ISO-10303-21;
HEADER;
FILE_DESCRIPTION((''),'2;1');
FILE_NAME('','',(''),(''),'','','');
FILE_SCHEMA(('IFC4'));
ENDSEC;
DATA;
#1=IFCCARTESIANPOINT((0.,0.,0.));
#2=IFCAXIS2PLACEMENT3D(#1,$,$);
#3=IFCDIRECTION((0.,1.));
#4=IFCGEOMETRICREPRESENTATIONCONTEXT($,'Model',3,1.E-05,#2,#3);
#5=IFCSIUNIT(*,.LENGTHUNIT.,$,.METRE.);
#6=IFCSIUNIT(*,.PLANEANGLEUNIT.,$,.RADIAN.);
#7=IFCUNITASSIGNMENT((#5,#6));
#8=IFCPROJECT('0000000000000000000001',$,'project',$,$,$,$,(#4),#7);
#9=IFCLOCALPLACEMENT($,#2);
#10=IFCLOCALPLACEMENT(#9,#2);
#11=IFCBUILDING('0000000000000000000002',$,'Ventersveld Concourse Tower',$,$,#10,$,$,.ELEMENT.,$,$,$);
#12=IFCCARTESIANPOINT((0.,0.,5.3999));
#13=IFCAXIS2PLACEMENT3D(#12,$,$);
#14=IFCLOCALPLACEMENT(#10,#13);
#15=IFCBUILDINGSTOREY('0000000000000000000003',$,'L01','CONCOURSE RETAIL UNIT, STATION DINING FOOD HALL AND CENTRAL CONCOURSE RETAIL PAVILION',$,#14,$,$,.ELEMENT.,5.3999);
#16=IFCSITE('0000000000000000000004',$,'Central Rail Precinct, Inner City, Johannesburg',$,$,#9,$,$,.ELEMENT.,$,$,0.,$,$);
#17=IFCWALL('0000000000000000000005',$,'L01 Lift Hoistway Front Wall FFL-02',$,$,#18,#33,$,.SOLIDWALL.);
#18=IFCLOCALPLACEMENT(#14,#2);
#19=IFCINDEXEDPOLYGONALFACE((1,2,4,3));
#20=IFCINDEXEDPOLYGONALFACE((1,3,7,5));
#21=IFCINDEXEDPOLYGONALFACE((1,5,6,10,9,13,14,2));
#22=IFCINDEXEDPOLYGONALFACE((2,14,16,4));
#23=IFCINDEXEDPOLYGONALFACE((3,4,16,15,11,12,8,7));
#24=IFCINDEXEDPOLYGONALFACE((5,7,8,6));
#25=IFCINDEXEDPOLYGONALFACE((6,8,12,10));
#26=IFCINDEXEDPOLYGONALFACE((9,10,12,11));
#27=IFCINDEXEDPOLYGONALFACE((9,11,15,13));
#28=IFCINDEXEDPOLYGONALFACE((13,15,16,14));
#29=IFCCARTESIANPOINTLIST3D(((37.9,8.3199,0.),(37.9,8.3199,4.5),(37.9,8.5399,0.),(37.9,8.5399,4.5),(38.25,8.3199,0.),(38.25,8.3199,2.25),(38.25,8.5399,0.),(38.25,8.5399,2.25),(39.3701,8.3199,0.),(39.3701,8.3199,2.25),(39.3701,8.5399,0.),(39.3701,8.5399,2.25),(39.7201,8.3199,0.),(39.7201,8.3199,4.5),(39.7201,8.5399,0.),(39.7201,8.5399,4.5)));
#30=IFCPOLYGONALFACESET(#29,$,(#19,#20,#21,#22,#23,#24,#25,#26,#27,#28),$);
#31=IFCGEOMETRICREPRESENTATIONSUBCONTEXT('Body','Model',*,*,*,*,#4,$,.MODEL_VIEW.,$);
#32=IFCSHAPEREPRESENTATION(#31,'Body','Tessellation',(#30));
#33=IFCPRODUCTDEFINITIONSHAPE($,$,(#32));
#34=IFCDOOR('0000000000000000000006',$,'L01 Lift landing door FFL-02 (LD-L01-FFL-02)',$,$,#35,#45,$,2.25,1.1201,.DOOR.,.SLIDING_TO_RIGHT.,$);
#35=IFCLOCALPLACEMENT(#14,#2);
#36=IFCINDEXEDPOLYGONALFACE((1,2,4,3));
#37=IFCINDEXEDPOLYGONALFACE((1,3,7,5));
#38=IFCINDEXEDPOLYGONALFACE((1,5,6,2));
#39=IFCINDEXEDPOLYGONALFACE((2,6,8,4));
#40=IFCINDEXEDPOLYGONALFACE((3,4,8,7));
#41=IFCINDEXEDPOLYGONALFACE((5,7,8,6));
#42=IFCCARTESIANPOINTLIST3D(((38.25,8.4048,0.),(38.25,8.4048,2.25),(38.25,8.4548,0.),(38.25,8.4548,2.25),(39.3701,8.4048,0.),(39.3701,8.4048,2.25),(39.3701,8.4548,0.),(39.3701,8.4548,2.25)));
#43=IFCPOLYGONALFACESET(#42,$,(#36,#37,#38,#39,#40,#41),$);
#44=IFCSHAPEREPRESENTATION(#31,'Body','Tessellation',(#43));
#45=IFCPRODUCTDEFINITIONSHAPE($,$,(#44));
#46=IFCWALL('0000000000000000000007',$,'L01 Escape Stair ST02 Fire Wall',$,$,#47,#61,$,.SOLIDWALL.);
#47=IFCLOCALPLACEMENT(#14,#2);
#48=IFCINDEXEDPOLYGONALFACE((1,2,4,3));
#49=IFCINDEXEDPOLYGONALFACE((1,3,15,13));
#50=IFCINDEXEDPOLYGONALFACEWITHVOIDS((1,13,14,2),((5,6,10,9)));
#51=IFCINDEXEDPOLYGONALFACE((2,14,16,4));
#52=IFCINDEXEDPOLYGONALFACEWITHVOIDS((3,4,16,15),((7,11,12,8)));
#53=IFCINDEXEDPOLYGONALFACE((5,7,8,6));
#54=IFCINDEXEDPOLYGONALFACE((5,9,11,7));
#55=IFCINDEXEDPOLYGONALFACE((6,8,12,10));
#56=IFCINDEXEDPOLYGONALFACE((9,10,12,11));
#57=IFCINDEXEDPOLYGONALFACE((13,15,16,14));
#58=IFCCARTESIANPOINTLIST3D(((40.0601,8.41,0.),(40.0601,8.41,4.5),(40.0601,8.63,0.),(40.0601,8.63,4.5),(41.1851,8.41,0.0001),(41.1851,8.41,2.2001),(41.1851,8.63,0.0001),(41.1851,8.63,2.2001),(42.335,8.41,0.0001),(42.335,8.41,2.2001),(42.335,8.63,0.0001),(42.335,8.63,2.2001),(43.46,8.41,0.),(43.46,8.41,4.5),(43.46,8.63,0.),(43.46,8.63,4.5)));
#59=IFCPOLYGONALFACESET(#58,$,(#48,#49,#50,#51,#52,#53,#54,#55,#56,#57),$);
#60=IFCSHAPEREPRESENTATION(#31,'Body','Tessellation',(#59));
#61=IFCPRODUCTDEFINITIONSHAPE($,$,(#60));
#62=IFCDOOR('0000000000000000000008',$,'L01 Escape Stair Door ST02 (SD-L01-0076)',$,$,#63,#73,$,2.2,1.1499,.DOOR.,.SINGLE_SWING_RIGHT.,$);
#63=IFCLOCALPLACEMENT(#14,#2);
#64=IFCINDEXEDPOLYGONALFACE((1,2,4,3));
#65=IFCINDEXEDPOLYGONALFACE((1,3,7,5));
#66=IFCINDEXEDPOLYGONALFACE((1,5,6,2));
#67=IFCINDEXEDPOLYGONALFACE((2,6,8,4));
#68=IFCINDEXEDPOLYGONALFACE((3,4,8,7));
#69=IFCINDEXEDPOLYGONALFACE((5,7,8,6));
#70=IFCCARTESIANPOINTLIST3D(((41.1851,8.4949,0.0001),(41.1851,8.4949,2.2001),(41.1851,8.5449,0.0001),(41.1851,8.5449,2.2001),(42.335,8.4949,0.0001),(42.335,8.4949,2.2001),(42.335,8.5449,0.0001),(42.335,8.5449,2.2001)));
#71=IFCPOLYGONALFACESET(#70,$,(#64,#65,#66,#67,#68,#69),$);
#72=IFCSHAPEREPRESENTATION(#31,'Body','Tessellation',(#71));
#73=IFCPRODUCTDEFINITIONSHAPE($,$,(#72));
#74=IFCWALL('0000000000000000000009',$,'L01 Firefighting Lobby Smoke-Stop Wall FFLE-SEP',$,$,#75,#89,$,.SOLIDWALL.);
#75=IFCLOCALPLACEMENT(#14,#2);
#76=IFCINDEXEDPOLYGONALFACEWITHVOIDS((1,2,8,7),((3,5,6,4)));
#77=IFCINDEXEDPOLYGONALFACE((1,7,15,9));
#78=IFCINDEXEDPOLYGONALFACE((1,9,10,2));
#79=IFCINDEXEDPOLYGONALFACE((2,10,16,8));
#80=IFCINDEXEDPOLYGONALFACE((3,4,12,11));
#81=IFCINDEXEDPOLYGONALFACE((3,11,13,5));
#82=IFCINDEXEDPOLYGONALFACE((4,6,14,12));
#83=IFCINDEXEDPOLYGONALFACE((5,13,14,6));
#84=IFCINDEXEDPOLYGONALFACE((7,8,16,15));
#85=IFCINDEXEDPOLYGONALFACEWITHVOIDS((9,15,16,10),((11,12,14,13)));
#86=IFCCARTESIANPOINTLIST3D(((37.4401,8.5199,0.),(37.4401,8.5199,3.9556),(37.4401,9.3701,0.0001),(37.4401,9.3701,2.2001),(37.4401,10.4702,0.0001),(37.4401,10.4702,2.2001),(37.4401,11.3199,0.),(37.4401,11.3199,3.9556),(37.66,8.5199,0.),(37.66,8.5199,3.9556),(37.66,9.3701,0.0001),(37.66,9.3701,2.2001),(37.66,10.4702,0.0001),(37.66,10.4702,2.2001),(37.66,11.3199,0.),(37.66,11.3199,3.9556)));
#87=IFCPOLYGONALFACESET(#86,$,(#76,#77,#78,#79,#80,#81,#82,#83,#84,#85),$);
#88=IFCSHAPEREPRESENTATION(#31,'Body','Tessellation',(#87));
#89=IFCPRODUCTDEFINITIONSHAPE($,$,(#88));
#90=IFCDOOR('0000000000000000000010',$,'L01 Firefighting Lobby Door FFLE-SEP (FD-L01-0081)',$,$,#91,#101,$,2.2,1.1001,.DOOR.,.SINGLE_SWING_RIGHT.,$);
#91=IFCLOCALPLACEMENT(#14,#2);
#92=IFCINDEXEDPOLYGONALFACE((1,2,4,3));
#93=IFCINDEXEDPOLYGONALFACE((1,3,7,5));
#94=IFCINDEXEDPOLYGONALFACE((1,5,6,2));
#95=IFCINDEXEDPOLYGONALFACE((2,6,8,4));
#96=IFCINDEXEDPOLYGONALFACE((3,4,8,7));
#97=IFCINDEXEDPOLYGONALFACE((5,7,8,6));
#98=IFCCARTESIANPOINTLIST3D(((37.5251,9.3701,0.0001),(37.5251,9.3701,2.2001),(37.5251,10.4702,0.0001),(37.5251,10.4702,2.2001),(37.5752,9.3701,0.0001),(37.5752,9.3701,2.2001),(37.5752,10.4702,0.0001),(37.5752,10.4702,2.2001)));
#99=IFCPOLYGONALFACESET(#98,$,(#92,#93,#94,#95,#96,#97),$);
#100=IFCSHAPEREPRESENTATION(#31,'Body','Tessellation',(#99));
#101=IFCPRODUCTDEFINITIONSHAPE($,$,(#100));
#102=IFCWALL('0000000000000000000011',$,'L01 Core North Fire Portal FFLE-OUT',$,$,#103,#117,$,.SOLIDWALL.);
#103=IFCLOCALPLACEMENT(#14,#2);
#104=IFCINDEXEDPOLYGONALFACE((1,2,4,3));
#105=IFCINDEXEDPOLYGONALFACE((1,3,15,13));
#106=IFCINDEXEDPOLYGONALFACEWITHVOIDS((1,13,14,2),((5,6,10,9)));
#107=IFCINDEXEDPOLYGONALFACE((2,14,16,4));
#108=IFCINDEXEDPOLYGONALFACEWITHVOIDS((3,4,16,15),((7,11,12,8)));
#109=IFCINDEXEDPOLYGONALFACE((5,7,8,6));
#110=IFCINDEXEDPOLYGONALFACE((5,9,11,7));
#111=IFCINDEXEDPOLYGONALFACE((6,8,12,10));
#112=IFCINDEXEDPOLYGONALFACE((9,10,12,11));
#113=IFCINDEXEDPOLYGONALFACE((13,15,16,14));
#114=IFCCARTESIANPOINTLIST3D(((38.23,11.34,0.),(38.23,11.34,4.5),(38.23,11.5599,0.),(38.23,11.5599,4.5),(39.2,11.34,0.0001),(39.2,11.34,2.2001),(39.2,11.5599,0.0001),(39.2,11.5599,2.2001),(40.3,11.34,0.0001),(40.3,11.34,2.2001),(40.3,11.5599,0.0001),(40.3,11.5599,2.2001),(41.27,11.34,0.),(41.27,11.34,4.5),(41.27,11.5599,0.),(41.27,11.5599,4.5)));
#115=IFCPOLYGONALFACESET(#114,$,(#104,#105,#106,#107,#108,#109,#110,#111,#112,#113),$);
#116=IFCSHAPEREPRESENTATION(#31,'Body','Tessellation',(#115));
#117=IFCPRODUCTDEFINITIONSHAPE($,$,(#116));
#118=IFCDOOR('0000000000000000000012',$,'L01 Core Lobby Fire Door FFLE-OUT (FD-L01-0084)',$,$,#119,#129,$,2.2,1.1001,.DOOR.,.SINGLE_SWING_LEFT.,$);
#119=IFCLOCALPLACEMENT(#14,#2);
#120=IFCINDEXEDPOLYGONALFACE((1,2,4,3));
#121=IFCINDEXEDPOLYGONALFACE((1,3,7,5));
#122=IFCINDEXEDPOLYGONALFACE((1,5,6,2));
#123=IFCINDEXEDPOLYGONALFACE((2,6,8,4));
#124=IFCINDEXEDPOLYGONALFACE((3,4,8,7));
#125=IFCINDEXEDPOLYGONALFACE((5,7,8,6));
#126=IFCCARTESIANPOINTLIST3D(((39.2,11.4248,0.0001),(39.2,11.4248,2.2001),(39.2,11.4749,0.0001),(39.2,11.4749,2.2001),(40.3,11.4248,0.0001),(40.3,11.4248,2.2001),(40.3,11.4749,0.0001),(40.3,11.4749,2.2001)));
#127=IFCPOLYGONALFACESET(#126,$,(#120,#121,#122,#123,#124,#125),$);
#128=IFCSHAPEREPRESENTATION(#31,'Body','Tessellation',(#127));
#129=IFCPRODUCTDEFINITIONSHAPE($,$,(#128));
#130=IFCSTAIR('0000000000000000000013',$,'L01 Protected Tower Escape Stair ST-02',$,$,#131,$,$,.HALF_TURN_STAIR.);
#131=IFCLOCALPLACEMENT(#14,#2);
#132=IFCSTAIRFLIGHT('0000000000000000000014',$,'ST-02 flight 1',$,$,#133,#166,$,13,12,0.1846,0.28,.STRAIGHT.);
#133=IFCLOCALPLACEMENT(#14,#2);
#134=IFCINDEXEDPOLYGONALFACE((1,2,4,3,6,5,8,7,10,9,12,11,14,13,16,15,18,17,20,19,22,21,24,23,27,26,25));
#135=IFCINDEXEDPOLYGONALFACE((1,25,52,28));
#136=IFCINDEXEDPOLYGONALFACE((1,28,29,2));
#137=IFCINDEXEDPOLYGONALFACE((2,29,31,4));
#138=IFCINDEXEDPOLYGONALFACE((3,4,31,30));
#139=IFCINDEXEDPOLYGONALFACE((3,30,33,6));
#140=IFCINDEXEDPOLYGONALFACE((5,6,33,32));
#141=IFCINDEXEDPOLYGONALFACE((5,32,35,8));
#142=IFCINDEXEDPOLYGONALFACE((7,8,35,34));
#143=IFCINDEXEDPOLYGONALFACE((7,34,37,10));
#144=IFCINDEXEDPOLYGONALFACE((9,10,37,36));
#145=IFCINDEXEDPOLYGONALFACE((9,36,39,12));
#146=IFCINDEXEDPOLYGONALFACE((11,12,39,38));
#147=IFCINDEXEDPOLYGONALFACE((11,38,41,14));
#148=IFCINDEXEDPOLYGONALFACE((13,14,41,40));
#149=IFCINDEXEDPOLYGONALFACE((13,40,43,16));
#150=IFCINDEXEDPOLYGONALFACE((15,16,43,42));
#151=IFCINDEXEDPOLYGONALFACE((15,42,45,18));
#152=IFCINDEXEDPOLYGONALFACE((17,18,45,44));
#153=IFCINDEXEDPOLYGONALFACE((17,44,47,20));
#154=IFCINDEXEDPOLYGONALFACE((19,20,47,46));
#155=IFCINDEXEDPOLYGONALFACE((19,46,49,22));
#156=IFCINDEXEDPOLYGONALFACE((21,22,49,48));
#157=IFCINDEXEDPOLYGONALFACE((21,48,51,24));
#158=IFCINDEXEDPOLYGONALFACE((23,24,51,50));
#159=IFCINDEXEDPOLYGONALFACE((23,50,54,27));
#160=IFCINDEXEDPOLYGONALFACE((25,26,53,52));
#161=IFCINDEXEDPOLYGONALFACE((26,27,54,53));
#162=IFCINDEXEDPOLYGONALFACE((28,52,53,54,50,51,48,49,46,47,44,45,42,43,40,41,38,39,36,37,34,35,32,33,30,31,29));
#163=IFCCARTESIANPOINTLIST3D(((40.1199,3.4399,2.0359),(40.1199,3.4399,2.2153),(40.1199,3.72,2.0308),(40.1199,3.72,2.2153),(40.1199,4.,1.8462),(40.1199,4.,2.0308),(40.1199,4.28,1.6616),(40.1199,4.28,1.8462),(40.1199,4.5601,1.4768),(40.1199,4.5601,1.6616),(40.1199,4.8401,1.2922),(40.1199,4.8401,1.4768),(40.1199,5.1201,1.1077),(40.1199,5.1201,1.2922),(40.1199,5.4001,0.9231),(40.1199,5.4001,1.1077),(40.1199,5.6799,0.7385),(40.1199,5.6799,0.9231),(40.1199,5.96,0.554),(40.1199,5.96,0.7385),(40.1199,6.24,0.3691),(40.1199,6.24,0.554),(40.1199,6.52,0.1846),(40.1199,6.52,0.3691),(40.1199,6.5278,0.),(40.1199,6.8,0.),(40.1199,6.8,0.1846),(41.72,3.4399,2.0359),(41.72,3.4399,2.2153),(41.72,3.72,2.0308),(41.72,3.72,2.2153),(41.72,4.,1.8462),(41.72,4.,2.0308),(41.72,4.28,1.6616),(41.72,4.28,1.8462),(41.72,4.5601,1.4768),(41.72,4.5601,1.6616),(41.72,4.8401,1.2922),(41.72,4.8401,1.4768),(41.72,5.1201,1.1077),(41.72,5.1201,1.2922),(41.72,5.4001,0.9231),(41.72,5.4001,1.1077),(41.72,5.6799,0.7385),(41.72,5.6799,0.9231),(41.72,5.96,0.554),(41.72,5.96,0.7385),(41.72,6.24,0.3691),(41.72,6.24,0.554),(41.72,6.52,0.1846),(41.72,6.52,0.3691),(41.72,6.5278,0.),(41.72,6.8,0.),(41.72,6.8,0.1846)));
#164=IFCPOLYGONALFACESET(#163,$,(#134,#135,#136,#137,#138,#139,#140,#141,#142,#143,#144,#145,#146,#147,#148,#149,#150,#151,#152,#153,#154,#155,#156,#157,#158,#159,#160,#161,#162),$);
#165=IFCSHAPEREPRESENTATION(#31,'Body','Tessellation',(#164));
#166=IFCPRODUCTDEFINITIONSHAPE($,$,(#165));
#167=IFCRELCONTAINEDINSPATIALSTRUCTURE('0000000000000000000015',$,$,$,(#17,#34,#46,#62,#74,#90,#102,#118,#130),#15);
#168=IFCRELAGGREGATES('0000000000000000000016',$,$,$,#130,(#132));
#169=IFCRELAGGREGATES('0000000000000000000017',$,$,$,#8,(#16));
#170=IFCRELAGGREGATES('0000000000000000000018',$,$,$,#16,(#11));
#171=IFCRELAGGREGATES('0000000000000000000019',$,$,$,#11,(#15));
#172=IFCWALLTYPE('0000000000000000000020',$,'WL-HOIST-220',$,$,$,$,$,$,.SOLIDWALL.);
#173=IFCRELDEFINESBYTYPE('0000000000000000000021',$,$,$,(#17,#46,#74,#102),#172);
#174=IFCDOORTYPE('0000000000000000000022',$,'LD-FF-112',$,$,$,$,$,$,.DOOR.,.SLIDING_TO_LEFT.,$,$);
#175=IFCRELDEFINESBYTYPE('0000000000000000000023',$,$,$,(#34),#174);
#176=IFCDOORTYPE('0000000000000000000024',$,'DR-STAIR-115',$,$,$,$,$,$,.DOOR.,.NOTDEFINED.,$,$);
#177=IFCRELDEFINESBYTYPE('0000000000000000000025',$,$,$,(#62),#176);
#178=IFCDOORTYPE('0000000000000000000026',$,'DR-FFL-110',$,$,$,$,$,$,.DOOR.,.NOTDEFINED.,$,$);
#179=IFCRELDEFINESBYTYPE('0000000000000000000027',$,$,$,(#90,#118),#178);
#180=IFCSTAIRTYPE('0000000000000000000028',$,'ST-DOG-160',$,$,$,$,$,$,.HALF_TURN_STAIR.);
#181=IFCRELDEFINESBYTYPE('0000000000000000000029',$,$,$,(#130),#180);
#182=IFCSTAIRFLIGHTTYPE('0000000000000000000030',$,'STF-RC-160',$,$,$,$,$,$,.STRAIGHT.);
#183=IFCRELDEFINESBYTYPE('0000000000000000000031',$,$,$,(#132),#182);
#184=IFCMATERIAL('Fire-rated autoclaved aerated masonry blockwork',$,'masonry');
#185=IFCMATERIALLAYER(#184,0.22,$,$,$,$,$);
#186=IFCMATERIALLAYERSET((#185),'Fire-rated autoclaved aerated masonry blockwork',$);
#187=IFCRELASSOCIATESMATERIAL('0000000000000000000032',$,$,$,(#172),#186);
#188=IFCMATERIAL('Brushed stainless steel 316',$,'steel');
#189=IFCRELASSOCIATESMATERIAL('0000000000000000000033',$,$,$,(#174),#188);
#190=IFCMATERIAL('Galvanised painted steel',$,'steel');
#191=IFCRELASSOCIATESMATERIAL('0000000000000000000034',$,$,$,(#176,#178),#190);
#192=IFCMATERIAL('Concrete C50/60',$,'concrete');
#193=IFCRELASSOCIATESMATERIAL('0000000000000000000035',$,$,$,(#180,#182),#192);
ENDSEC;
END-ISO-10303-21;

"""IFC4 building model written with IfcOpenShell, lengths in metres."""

from ifc_helpers import new_model, si_unit, direction, frame, frame_2d, origin, place, context, subcontext, project, spatial, polyline, rectangle, outline, extrude, material, layer, layer_set, type_object, element, fill, aggregate, save


model = new_model("IFC4")

# Units and contexts
model_context = context("Model", 3, precision=1e-05, world=origin(), true_north=direction((0.0, 1.0)))
body_context = subcontext(model_context, "Body", "Model", "MODEL_VIEW")
ifc_project = project(units=[si_unit("LENGTHUNIT", "METRE"), si_unit("PLANEANGLEUNIT", "RADIAN")], contexts=[model_context])

# Site, building, storey
site_placement = place(None, origin())
site = spatial("IfcSite", under=ifc_project, at=site_placement, Name="Central Rail Precinct, Inner City, Johannesburg", CompositionType="ELEMENT", RefElevation=0.0)
building_placement = place(site_placement, origin())
building = spatial("IfcBuilding", under=site, at=building_placement, Name="Ventersveld Concourse Tower", CompositionType="ELEMENT")
storey_placement = place(building_placement, frame((0.0, 0.0, 5.3999)))
storey = spatial("IfcBuildingStorey", under=building, at=storey_placement, Name="L01", Description="CONCOURSE RETAIL UNIT, STATION DINING FOOD HALL AND CENTRAL CONCOURSE RETAIL PAVILION", CompositionType="ELEMENT", Elevation=5.3999)

# Shared definitions
ifc_material_1 = material(Name="Concrete C50/60", Category="concrete")

# Shared definitions
ifc_material_2 = material(Name="Fire-rated autoclaved aerated masonry blockwork", Category="masonry")
ifc_layer_1 = layer(ifc_material_2, 0.22)
ifc_layer_set_1 = layer_set([ifc_layer_1], Name="Fire-rated autoclaved aerated masonry blockwork")
wall_type_1 = type_object("IfcWallType", Name="WL-HOIST-220", PredefinedType="SOLIDWALL", material=ifc_layer_set_1)

# Walls, openings, doors
wall_1_placement = place(storey_placement, frame((37.8999, 8.4299, 0.0), z_axis=(0.0, 0.0, 1.0), x_axis=(1.0, 0.0, 0.0)))
wall_1 = element("IfcWall", 1, at=wall_1_placement, inside=storey, type_object=wall_type_1, Name="L01 Lift Hoistway Front Wall FFL-02", PredefinedType="SOLIDWALL", context=body_context, shape_type="SweptSolid", body=[
    extrude(rectangle(XDim=1.8201, YDim=0.22, at=frame_2d((0.9102, 0.0))), origin(), (0.0, 0.0, 1.0), 4.5),
])
opening_1_placement = place(wall_1_placement, frame((0.3501, 0.0, 0.0)))
opening_1 = element("IfcOpeningElement", 2, at=opening_1_placement, cuts=wall_1, PredefinedType="OPENING", context=body_context, shape_type="SweptSolid", body=[
    extrude(rectangle(XDim=1.1201, YDim=2.25, at=frame_2d((0.5601, 1.125))), frame((0.0, 0.1201, 0.0), z_axis=(0.0, -1.0, 0.0), x_axis=(1.0, 0.0, 0.0)), (0.0, 0.0, 1.0), 0.24),
])
ifc_material_3 = material(Name="Brushed stainless steel 316", Category="steel")
door_type_1 = type_object("IfcDoorType", Name="LD-FF-112", OperationType="SLIDING_TO_LEFT", PredefinedType="DOOR", material=ifc_material_3)
door_1_placement = place(opening_1_placement, origin())
door_1 = element("IfcDoor", 3, at=door_1_placement, inside=storey, type_object=door_type_1, Name="L01 Lift landing door FFL-02 (LD-L01-FFL-02)", OperationType="SLIDING_TO_RIGHT", OverallHeight=2.25, OverallWidth=1.1201, PredefinedType="DOOR", context=body_context, shape_type="SweptSolid", body=[
    extrude(rectangle(XDim=1.1201, YDim=2.25, at=frame_2d((0.5601, 1.125))), frame((0.0, 0.0249, 0.0), z_axis=(0.0, -1.0, 0.0), x_axis=(1.0, 0.0, 0.0)), (0.0, 0.0, 1.0), 0.05),
])
fill(opening_1, door_1)
wall_2_placement = place(storey_placement, frame((40.0601, 8.52, 0.0), z_axis=(0.0, 0.0, 1.0), x_axis=(1.0, 0.0, 0.0)))
wall_2 = element("IfcWall", 4, at=wall_2_placement, inside=storey, type_object=wall_type_1, Name="L01 Escape Stair ST02 Fire Wall", PredefinedType="SOLIDWALL", context=body_context, shape_type="SweptSolid", body=[
    extrude(rectangle(XDim=3.3999, YDim=0.22, at=frame_2d((1.7, 0.0))), origin(), (0.0, 0.0, 1.0), 4.5),
])
opening_2_placement = place(wall_2_placement, frame((1.125, 0.0, 0.0)))
opening_2 = element("IfcOpeningElement", 5, at=opening_2_placement, cuts=wall_2, PredefinedType="OPENING", context=body_context, shape_type="SweptSolid", body=[
    extrude(rectangle(XDim=1.1499, YDim=2.2, at=frame_2d((0.575, 1.1001))), frame((0.0, 0.1201, 0.0), z_axis=(0.0, -1.0, 0.0), x_axis=(1.0, 0.0, 0.0)), (0.0, 0.0, 1.0), 0.24),
])
ifc_material_4 = material(Name="Galvanised painted steel", Category="steel")
door_type_2 = type_object("IfcDoorType", Name="DR-STAIR-115", OperationType="NOTDEFINED", PredefinedType="DOOR", material=ifc_material_4)
door_2_placement = place(opening_2_placement, origin())
door_2 = element("IfcDoor", 6, at=door_2_placement, inside=storey, type_object=door_type_2, Name="L01 Escape Stair Door ST02 (SD-L01-0076)", OperationType="SINGLE_SWING_RIGHT", OverallHeight=2.2, OverallWidth=1.1499, PredefinedType="DOOR", context=body_context, shape_type="SweptSolid", body=[
    extrude(rectangle(XDim=1.1499, YDim=2.2, at=frame_2d((0.575, 1.1001))), frame((0.0, 0.0249, 0.0), z_axis=(0.0, -1.0, 0.0), x_axis=(1.0, 0.0, 0.0)), (0.0, 0.0, 1.0), 0.05),
])
fill(opening_2, door_2)
wall_3_placement = place(storey_placement, frame((37.55, 8.52, 0.0), z_axis=(0.0, 0.0, 1.0), x_axis=(0.0, 1.0, 0.0)))
wall_3 = element("IfcWall", 7, at=wall_3_placement, inside=storey, type_object=wall_type_1, Name="L01 Firefighting Lobby Smoke-Stop Wall FFLE-SEP", PredefinedType="SOLIDWALL", context=body_context, shape_type="SweptSolid", body=[
    extrude(rectangle(XDim=2.8, YDim=0.22, at=frame_2d((1.3999, 0.0))), origin(), (0.0, 0.0, 1.0), 3.9556),
])
opening_3_placement = place(wall_3_placement, frame((0.8501, 0.0, 0.0)))
opening_3 = element("IfcOpeningElement", 8, at=opening_3_placement, cuts=wall_3, PredefinedType="OPENING", context=body_context, shape_type="SweptSolid", body=[
    extrude(rectangle(XDim=1.1001, YDim=2.2, at=frame_2d((0.55, 1.1001))), frame((0.0, 0.1201, 0.0), z_axis=(0.0, -1.0, 0.0), x_axis=(1.0, 0.0, 0.0)), (0.0, 0.0, 1.0), 0.24),
])
door_type_3 = type_object("IfcDoorType", Name="DR-FFL-110", OperationType="NOTDEFINED", PredefinedType="DOOR", material=ifc_material_4)
door_3_placement = place(opening_3_placement, origin())
door_3 = element("IfcDoor", 9, at=door_3_placement, inside=storey, type_object=door_type_3, Name="L01 Firefighting Lobby Door FFLE-SEP (FD-L01-0081)", OperationType="SINGLE_SWING_RIGHT", OverallHeight=2.2, OverallWidth=1.1001, PredefinedType="DOOR", context=body_context, shape_type="SweptSolid", body=[
    extrude(rectangle(XDim=1.1001, YDim=2.2, at=frame_2d((0.55, 1.1001))), frame((0.0, 0.0249, 0.0), z_axis=(0.0, -1.0, 0.0), x_axis=(1.0, 0.0, 0.0)), (0.0, 0.0, 1.0), 0.05),
])
fill(opening_3, door_3)
wall_4_placement = place(storey_placement, frame((38.23, 11.45, 0.0), z_axis=(0.0, 0.0, 1.0), x_axis=(1.0, 0.0, 0.0)))
wall_4 = element("IfcWall", 10, at=wall_4_placement, inside=storey, type_object=wall_type_1, Name="L01 Core North Fire Portal FFLE-OUT", PredefinedType="SOLIDWALL", context=body_context, shape_type="SweptSolid", body=[
    extrude(rectangle(XDim=3.04, YDim=0.22, at=frame_2d((1.52, 0.0))), origin(), (0.0, 0.0, 1.0), 4.5),
])
opening_4_placement = place(wall_4_placement, frame((0.97, 0.0, 0.0)))
opening_4 = element("IfcOpeningElement", 11, at=opening_4_placement, cuts=wall_4, PredefinedType="OPENING", context=body_context, shape_type="SweptSolid", body=[
    extrude(rectangle(XDim=1.1001, YDim=2.2, at=frame_2d((0.55, 1.1001))), frame((0.0, 0.1201, 0.0), z_axis=(0.0, -1.0, 0.0), x_axis=(1.0, 0.0, 0.0)), (0.0, 0.0, 1.0), 0.24),
])
door_4_placement = place(opening_4_placement, origin())
door_4 = element("IfcDoor", 12, at=door_4_placement, inside=storey, type_object=door_type_3, Name="L01 Core Lobby Fire Door FFLE-OUT (FD-L01-0084)", OperationType="SINGLE_SWING_LEFT", OverallHeight=2.2, OverallWidth=1.1001, PredefinedType="DOOR", context=body_context, shape_type="SweptSolid", body=[
    extrude(rectangle(XDim=1.1001, YDim=2.2, at=frame_2d((0.55, 1.1001))), frame((0.0, 0.0249, 0.0), z_axis=(0.0, -1.0, 0.0), x_axis=(1.0, 0.0, 0.0)), (0.0, 0.0, 1.0), 0.05),
])
fill(opening_4, door_4)

# Stair, stair flight
stair_type = type_object("IfcStairType", Name="ST-DOG-160", PredefinedType="HALF_TURN_STAIR", material=ifc_material_1)
stair_placement = place(storey_placement, origin())
stair = element("IfcStair", 13, at=stair_placement, inside=storey, type_object=stair_type, Name="L01 Protected Tower Escape Stair ST-02", PredefinedType="HALF_TURN_STAIR")
stair_flight_type = type_object("IfcStairFlightType", Name="STF-RC-160", PredefinedType="STRAIGHT", material=ifc_material_1)
stair_flight_1_placement = place(storey_placement, frame((40.9199, 6.8, 0.0), z_axis=(0.0, 0.0, 1.0), x_axis=(0.0, -1.0, 0.0)))
stair_flight_1 = element("IfcStairFlight", 14, at=stair_flight_1_placement, type_object=stair_flight_type, Name="ST-02 flight 1", NumberOfRisers=13, NumberOfTreads=12, PredefinedType="STRAIGHT", RiserHeight=0.1846, TreadLength=0.28, context=body_context, shape_type="SweptSolid", body=[
    extrude(outline(polyline([(0.0, 0.0), (0.0, 0.1846), (0.28, 0.1846), (0.28, 0.3691), (0.5601, 0.3691), (0.5601, 0.554), (0.8401, 0.554), (0.8401, 0.7385), (1.1201, 0.7385), (1.1201, 0.9231), (1.3999, 0.9231), (1.3999, 1.1077), (1.6799, 1.1077), (1.6799, 1.2922), (1.96, 1.2922), (1.96, 1.4768), (2.24, 1.4768), (2.24, 1.6616), (2.52, 1.6616), (2.52, 1.8462), (2.8, 1.8462), (2.8, 2.0308), (3.0801, 2.0308), (3.0801, 2.2153), (3.3601, 2.2153), (3.3601, 2.3999), (3.3601, 2.0359), (0.2722, 0.0), (0.0, 0.0)])), frame((0.0, 0.8, 0.0), z_axis=(0.0, -1.0, 0.0), x_axis=(1.0, 0.0, 0.0)), (0.0, 0.0, 1.0), 1.6001),
])
aggregate(stair, [stair_flight_1])

save(model, "model.ifc")
